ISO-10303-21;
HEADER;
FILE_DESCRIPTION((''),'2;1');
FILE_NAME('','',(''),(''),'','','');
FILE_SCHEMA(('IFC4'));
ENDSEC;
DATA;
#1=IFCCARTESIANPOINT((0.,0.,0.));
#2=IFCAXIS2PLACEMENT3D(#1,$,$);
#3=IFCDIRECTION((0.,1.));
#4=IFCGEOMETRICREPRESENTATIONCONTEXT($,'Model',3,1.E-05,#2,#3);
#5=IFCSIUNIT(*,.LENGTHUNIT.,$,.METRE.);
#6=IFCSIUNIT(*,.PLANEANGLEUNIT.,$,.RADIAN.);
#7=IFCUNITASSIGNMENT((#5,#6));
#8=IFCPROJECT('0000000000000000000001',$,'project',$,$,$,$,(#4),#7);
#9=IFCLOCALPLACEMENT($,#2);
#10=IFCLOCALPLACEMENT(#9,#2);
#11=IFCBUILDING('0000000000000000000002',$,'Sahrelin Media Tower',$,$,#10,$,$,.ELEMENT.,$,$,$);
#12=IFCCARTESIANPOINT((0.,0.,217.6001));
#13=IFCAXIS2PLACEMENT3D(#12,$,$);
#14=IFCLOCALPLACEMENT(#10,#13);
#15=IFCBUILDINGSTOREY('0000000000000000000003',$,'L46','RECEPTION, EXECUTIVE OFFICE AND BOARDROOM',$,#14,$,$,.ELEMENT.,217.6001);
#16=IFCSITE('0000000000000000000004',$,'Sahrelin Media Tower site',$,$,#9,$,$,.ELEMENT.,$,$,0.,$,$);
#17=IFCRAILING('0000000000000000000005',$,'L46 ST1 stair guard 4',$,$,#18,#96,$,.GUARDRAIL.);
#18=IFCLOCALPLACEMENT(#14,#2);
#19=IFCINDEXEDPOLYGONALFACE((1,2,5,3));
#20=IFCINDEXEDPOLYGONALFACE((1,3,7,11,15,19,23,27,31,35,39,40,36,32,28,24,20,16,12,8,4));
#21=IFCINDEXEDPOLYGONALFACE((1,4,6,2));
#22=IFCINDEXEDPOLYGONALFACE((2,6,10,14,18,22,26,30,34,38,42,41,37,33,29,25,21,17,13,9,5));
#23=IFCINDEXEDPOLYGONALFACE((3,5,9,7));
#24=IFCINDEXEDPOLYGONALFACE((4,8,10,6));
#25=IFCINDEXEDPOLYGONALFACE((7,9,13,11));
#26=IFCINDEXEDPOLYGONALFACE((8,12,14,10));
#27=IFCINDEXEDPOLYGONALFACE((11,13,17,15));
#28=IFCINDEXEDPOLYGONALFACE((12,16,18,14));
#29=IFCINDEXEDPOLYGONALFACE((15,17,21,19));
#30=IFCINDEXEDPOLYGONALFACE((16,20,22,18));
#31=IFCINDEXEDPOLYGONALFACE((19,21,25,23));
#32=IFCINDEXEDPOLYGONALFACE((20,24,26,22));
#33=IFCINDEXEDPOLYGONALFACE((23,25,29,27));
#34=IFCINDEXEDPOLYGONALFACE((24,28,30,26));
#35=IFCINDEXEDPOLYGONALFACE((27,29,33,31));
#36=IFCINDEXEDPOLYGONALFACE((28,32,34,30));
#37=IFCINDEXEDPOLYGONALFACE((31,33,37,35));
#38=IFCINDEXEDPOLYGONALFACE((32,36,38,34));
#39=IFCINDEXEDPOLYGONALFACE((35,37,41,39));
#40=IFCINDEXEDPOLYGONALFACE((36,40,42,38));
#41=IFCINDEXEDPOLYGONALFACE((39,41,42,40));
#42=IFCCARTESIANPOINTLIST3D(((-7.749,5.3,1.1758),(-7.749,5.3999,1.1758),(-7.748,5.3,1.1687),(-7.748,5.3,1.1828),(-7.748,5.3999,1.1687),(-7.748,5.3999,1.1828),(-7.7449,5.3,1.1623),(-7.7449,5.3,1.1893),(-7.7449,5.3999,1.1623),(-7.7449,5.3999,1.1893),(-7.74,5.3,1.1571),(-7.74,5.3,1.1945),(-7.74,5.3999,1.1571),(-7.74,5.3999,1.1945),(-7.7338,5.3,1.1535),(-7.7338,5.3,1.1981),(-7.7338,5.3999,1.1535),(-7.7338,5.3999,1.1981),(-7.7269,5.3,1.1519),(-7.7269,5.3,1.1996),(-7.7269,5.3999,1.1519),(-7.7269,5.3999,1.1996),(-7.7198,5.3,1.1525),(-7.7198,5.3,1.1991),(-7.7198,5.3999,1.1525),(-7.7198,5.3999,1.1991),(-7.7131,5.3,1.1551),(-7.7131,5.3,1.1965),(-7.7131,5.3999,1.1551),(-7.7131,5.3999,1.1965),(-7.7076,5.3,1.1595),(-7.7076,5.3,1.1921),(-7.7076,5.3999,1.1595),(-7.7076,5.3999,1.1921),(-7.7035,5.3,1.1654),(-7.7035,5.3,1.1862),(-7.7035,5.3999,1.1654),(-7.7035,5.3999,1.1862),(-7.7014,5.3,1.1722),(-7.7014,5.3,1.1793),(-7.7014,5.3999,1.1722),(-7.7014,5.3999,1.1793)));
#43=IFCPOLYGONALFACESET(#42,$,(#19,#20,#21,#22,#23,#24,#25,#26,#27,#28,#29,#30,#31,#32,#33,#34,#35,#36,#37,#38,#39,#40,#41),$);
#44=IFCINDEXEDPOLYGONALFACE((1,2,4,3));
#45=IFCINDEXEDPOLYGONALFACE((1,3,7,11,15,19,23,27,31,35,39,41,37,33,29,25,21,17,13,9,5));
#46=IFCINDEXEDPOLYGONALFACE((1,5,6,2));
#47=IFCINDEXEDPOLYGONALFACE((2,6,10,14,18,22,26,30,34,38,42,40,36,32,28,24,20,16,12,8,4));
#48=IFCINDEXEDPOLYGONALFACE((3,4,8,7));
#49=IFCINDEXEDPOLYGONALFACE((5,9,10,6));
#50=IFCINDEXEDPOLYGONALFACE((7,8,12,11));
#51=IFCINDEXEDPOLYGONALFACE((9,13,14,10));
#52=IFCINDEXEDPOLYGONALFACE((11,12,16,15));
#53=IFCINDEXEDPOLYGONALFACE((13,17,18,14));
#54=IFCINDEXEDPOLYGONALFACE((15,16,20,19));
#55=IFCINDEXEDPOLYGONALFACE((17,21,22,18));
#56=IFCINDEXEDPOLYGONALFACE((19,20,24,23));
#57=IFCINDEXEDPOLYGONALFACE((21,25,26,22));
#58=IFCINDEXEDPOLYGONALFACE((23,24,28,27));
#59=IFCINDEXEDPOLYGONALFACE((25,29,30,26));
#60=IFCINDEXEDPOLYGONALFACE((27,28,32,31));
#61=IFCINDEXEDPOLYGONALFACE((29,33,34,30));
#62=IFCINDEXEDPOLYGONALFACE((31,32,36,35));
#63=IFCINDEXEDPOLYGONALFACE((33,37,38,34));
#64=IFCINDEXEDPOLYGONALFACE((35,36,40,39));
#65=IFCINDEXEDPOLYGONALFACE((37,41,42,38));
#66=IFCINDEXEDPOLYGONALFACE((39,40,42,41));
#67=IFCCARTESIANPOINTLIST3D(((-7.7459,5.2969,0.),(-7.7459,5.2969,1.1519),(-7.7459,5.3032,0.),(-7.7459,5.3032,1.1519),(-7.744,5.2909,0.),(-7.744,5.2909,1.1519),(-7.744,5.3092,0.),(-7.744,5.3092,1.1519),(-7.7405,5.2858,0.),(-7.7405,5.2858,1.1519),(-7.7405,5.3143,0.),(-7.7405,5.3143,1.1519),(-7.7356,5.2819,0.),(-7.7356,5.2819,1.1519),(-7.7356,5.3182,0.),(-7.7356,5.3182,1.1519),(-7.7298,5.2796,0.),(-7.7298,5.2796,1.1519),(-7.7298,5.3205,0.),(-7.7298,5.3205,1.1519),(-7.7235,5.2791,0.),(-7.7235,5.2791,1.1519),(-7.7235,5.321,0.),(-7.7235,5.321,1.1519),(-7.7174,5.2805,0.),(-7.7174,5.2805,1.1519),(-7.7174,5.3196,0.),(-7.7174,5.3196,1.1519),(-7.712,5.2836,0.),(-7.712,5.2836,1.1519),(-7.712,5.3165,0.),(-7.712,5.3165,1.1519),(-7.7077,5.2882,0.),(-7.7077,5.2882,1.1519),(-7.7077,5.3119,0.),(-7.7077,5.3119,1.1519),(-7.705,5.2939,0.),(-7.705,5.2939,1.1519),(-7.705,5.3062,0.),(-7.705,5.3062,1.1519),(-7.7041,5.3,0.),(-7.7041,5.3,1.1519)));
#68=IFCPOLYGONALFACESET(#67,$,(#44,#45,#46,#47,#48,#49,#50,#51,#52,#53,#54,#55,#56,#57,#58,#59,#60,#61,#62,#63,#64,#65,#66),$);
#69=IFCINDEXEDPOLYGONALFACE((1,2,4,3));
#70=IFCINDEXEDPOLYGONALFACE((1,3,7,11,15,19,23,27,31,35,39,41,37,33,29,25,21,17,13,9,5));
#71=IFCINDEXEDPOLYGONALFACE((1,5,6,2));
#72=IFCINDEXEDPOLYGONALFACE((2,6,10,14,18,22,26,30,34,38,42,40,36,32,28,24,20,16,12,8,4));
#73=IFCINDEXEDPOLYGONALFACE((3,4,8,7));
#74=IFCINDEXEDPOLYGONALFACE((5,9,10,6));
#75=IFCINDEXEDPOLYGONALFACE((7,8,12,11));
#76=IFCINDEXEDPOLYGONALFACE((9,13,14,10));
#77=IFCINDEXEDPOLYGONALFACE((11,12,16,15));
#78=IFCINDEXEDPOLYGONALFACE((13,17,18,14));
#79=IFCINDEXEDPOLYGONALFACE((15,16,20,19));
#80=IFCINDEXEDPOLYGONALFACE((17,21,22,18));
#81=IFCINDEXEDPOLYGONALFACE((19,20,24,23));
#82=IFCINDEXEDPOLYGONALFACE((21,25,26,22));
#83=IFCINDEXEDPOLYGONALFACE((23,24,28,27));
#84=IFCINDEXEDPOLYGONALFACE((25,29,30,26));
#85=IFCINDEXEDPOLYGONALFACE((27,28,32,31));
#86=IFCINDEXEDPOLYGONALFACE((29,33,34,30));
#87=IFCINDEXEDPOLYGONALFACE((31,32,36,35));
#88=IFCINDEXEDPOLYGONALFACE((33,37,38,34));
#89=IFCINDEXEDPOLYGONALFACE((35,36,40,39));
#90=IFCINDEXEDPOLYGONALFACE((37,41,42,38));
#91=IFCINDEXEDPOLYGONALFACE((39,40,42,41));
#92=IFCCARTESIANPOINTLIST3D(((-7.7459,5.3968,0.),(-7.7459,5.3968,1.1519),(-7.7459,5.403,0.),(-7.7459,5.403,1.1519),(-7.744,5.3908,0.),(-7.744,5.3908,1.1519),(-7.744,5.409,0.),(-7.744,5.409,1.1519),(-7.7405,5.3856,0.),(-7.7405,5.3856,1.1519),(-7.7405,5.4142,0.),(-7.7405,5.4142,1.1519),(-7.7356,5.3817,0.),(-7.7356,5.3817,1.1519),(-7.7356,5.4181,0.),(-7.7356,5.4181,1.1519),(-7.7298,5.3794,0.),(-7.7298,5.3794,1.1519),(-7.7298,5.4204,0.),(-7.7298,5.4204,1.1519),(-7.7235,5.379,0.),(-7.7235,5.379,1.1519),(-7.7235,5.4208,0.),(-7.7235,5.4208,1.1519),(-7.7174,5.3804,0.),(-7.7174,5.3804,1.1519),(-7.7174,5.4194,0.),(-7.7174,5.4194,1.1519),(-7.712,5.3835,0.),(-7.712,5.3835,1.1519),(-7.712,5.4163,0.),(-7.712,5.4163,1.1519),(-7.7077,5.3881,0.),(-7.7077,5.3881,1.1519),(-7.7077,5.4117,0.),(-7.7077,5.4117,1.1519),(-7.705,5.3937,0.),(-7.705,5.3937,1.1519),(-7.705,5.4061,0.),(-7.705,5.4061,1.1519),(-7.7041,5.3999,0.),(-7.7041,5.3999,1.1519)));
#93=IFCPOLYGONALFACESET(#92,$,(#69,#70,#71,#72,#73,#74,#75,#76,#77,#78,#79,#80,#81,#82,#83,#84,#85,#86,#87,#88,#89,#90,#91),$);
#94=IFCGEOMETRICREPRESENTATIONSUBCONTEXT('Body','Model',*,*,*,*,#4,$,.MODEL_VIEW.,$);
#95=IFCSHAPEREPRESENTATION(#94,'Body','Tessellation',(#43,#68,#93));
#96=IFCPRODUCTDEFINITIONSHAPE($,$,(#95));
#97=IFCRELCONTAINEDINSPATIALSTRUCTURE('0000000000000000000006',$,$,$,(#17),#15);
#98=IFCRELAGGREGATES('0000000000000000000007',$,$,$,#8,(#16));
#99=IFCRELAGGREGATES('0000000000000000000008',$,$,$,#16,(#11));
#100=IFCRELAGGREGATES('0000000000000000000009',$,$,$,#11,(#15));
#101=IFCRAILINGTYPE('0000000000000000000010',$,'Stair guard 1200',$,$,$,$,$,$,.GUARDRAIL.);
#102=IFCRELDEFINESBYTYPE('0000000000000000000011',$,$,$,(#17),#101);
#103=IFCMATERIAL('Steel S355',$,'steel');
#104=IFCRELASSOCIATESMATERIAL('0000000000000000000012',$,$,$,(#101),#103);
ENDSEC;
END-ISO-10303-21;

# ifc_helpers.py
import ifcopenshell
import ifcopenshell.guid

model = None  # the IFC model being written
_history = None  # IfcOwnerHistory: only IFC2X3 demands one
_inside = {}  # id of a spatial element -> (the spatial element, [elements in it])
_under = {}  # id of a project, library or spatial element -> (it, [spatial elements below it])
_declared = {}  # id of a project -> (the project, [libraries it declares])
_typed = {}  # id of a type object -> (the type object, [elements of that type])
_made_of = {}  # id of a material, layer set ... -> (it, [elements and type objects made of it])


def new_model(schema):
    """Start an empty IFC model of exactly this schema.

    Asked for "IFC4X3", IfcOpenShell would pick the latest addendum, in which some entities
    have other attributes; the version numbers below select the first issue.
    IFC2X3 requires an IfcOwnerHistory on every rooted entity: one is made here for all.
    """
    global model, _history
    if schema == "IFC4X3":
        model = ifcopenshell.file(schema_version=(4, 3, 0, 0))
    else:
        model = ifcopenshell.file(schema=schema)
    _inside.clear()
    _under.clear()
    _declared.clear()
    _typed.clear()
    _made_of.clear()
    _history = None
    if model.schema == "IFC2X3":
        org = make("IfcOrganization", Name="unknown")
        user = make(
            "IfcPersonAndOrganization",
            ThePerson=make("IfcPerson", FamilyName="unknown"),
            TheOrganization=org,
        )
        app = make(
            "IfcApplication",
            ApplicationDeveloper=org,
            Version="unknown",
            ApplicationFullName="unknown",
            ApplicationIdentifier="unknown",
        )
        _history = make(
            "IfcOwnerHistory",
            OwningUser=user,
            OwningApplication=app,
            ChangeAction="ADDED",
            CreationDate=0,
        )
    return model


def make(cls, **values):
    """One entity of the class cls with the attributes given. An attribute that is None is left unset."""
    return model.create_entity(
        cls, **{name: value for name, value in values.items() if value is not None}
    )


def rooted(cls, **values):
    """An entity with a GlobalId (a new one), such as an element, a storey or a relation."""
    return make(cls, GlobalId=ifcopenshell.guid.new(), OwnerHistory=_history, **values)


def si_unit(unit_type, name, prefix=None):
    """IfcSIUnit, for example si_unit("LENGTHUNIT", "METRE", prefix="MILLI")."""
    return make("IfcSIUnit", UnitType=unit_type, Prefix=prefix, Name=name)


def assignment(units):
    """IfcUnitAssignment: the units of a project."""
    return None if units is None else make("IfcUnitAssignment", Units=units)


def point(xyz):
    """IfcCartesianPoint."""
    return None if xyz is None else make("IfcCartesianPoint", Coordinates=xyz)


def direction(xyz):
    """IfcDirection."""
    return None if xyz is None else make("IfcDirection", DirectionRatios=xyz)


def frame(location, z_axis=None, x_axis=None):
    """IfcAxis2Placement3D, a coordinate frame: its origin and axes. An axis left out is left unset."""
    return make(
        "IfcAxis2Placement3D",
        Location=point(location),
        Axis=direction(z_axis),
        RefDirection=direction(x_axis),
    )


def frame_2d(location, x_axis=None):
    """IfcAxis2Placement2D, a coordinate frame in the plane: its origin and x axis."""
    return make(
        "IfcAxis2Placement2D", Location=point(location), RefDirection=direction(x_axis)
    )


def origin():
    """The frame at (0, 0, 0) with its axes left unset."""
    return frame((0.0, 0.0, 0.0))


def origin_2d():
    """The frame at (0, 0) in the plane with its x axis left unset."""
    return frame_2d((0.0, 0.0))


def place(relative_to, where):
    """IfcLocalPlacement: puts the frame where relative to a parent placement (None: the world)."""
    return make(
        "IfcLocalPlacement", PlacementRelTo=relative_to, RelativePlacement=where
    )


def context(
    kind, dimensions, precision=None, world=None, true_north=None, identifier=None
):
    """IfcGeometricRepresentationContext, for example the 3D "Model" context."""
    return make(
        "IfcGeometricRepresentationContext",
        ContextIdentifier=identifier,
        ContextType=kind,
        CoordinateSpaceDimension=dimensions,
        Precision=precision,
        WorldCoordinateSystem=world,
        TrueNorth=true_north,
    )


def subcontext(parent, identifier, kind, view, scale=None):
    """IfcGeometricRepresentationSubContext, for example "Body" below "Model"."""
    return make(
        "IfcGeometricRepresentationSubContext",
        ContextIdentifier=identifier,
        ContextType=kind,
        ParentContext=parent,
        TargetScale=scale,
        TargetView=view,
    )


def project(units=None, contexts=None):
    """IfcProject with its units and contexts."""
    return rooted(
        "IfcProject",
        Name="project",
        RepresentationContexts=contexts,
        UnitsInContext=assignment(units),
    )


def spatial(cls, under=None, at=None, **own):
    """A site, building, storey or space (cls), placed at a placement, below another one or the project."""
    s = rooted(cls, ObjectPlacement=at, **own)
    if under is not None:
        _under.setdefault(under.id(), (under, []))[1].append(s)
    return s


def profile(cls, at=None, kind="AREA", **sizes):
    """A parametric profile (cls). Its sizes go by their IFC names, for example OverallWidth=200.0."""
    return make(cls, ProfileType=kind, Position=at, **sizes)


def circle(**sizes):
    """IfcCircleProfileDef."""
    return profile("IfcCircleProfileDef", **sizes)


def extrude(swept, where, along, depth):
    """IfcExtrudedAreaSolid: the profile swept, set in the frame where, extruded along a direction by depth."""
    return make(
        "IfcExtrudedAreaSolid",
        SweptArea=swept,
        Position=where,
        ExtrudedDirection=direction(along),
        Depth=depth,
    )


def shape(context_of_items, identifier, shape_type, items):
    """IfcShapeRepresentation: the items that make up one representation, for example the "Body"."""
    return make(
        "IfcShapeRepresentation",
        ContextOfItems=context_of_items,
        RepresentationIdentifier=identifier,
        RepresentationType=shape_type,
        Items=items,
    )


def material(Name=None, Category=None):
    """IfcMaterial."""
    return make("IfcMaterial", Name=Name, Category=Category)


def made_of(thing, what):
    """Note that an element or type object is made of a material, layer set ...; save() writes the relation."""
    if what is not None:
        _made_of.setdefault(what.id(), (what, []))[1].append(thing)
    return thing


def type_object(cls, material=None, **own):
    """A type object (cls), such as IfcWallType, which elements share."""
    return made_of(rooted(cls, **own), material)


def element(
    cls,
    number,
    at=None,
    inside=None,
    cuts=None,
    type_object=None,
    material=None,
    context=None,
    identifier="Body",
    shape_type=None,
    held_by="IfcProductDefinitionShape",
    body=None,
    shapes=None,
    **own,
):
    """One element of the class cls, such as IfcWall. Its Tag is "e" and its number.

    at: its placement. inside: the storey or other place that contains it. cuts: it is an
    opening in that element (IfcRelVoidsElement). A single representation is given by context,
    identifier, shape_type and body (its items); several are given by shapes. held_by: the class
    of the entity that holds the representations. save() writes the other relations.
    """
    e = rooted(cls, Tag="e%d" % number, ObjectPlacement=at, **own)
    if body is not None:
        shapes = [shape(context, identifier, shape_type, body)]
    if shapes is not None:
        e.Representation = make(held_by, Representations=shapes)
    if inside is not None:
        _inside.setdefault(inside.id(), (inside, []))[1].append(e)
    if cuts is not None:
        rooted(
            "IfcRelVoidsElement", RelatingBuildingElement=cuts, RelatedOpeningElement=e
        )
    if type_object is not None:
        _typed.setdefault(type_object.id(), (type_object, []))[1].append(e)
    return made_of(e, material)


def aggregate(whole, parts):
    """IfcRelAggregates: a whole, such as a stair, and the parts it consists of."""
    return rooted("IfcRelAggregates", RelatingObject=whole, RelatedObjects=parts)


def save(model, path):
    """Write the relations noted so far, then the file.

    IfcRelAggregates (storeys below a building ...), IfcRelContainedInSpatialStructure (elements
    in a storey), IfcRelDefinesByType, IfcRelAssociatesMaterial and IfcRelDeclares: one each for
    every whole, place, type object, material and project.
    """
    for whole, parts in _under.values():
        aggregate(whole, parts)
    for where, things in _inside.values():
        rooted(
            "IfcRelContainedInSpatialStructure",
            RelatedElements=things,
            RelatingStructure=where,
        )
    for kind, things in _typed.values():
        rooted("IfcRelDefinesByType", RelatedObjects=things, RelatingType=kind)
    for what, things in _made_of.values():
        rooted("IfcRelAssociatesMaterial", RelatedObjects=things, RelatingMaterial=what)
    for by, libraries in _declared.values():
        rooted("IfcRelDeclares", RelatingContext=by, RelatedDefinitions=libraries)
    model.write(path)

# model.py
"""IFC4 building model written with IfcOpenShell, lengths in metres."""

from ifc_helpers import new_model, si_unit, direction, frame, origin, origin_2d, place, context, subcontext, project, spatial, circle, extrude, material, type_object, element, save


model = new_model("IFC4")

# Units and contexts
model_context = context("Model", 3, precision=1e-05, world=origin(), true_north=direction((0.0, 1.0)))
body_context = subcontext(model_context, "Body", "Model", "MODEL_VIEW")
ifc_project = project(units=[si_unit("LENGTHUNIT", "METRE"), si_unit("PLANEANGLEUNIT", "RADIAN")], contexts=[model_context])

# Site, building, storey
site_placement = place(None, origin())
site = spatial("IfcSite", under=ifc_project, at=site_placement, Name="Sahrelin Media Tower site", CompositionType="ELEMENT", RefElevation=0.0)
building_placement = place(site_placement, origin())
building = spatial("IfcBuilding", under=site, at=building_placement, Name="Sahrelin Media Tower", CompositionType="ELEMENT")
storey_placement = place(building_placement, frame((0.0, 0.0, 217.6001)))
storey = spatial("IfcBuildingStorey", under=building, at=storey_placement, Name="L46", Description="RECEPTION, EXECUTIVE OFFICE AND BOARDROOM", CompositionType="ELEMENT", Elevation=217.6001)

# Shared definitions
ifc_material_1 = material(Name="Steel S355", Category="steel")

# Railing
railing_type_1 = type_object("IfcRailingType", Name="Stair guard 1200", PredefinedType="GUARDRAIL", material=ifc_material_1)
railing_1_placement = place(storey_placement, frame((-7.7251, 5.3, 0.0)))
element("IfcRailing", 1, at=railing_1_placement, inside=storey, type_object=railing_type_1, Name="L46 ST1 stair guard 4", PredefinedType="GUARDRAIL", context=body_context, shape_type="SweptSolid", body=[
    extrude(circle(Radius=0.0239, at=origin_2d()), frame((0.0, 0.0, 1.1758), z_axis=(0.0, 1.0, 0.0), x_axis=(-1.0, 0.0, 0.0)), (0.0, 0.0, 1.0), 0.0999),
    extrude(circle(Radius=0.021, at=origin_2d()), origin(), (0.0, 0.0, 1.0), 1.1519),
    extrude(circle(Radius=0.021, at=origin_2d()), frame((0.0, 0.0999, 0.0)), (0.0, 0.0, 1.0), 1.1519),
])

save(model, "model.ifc")
